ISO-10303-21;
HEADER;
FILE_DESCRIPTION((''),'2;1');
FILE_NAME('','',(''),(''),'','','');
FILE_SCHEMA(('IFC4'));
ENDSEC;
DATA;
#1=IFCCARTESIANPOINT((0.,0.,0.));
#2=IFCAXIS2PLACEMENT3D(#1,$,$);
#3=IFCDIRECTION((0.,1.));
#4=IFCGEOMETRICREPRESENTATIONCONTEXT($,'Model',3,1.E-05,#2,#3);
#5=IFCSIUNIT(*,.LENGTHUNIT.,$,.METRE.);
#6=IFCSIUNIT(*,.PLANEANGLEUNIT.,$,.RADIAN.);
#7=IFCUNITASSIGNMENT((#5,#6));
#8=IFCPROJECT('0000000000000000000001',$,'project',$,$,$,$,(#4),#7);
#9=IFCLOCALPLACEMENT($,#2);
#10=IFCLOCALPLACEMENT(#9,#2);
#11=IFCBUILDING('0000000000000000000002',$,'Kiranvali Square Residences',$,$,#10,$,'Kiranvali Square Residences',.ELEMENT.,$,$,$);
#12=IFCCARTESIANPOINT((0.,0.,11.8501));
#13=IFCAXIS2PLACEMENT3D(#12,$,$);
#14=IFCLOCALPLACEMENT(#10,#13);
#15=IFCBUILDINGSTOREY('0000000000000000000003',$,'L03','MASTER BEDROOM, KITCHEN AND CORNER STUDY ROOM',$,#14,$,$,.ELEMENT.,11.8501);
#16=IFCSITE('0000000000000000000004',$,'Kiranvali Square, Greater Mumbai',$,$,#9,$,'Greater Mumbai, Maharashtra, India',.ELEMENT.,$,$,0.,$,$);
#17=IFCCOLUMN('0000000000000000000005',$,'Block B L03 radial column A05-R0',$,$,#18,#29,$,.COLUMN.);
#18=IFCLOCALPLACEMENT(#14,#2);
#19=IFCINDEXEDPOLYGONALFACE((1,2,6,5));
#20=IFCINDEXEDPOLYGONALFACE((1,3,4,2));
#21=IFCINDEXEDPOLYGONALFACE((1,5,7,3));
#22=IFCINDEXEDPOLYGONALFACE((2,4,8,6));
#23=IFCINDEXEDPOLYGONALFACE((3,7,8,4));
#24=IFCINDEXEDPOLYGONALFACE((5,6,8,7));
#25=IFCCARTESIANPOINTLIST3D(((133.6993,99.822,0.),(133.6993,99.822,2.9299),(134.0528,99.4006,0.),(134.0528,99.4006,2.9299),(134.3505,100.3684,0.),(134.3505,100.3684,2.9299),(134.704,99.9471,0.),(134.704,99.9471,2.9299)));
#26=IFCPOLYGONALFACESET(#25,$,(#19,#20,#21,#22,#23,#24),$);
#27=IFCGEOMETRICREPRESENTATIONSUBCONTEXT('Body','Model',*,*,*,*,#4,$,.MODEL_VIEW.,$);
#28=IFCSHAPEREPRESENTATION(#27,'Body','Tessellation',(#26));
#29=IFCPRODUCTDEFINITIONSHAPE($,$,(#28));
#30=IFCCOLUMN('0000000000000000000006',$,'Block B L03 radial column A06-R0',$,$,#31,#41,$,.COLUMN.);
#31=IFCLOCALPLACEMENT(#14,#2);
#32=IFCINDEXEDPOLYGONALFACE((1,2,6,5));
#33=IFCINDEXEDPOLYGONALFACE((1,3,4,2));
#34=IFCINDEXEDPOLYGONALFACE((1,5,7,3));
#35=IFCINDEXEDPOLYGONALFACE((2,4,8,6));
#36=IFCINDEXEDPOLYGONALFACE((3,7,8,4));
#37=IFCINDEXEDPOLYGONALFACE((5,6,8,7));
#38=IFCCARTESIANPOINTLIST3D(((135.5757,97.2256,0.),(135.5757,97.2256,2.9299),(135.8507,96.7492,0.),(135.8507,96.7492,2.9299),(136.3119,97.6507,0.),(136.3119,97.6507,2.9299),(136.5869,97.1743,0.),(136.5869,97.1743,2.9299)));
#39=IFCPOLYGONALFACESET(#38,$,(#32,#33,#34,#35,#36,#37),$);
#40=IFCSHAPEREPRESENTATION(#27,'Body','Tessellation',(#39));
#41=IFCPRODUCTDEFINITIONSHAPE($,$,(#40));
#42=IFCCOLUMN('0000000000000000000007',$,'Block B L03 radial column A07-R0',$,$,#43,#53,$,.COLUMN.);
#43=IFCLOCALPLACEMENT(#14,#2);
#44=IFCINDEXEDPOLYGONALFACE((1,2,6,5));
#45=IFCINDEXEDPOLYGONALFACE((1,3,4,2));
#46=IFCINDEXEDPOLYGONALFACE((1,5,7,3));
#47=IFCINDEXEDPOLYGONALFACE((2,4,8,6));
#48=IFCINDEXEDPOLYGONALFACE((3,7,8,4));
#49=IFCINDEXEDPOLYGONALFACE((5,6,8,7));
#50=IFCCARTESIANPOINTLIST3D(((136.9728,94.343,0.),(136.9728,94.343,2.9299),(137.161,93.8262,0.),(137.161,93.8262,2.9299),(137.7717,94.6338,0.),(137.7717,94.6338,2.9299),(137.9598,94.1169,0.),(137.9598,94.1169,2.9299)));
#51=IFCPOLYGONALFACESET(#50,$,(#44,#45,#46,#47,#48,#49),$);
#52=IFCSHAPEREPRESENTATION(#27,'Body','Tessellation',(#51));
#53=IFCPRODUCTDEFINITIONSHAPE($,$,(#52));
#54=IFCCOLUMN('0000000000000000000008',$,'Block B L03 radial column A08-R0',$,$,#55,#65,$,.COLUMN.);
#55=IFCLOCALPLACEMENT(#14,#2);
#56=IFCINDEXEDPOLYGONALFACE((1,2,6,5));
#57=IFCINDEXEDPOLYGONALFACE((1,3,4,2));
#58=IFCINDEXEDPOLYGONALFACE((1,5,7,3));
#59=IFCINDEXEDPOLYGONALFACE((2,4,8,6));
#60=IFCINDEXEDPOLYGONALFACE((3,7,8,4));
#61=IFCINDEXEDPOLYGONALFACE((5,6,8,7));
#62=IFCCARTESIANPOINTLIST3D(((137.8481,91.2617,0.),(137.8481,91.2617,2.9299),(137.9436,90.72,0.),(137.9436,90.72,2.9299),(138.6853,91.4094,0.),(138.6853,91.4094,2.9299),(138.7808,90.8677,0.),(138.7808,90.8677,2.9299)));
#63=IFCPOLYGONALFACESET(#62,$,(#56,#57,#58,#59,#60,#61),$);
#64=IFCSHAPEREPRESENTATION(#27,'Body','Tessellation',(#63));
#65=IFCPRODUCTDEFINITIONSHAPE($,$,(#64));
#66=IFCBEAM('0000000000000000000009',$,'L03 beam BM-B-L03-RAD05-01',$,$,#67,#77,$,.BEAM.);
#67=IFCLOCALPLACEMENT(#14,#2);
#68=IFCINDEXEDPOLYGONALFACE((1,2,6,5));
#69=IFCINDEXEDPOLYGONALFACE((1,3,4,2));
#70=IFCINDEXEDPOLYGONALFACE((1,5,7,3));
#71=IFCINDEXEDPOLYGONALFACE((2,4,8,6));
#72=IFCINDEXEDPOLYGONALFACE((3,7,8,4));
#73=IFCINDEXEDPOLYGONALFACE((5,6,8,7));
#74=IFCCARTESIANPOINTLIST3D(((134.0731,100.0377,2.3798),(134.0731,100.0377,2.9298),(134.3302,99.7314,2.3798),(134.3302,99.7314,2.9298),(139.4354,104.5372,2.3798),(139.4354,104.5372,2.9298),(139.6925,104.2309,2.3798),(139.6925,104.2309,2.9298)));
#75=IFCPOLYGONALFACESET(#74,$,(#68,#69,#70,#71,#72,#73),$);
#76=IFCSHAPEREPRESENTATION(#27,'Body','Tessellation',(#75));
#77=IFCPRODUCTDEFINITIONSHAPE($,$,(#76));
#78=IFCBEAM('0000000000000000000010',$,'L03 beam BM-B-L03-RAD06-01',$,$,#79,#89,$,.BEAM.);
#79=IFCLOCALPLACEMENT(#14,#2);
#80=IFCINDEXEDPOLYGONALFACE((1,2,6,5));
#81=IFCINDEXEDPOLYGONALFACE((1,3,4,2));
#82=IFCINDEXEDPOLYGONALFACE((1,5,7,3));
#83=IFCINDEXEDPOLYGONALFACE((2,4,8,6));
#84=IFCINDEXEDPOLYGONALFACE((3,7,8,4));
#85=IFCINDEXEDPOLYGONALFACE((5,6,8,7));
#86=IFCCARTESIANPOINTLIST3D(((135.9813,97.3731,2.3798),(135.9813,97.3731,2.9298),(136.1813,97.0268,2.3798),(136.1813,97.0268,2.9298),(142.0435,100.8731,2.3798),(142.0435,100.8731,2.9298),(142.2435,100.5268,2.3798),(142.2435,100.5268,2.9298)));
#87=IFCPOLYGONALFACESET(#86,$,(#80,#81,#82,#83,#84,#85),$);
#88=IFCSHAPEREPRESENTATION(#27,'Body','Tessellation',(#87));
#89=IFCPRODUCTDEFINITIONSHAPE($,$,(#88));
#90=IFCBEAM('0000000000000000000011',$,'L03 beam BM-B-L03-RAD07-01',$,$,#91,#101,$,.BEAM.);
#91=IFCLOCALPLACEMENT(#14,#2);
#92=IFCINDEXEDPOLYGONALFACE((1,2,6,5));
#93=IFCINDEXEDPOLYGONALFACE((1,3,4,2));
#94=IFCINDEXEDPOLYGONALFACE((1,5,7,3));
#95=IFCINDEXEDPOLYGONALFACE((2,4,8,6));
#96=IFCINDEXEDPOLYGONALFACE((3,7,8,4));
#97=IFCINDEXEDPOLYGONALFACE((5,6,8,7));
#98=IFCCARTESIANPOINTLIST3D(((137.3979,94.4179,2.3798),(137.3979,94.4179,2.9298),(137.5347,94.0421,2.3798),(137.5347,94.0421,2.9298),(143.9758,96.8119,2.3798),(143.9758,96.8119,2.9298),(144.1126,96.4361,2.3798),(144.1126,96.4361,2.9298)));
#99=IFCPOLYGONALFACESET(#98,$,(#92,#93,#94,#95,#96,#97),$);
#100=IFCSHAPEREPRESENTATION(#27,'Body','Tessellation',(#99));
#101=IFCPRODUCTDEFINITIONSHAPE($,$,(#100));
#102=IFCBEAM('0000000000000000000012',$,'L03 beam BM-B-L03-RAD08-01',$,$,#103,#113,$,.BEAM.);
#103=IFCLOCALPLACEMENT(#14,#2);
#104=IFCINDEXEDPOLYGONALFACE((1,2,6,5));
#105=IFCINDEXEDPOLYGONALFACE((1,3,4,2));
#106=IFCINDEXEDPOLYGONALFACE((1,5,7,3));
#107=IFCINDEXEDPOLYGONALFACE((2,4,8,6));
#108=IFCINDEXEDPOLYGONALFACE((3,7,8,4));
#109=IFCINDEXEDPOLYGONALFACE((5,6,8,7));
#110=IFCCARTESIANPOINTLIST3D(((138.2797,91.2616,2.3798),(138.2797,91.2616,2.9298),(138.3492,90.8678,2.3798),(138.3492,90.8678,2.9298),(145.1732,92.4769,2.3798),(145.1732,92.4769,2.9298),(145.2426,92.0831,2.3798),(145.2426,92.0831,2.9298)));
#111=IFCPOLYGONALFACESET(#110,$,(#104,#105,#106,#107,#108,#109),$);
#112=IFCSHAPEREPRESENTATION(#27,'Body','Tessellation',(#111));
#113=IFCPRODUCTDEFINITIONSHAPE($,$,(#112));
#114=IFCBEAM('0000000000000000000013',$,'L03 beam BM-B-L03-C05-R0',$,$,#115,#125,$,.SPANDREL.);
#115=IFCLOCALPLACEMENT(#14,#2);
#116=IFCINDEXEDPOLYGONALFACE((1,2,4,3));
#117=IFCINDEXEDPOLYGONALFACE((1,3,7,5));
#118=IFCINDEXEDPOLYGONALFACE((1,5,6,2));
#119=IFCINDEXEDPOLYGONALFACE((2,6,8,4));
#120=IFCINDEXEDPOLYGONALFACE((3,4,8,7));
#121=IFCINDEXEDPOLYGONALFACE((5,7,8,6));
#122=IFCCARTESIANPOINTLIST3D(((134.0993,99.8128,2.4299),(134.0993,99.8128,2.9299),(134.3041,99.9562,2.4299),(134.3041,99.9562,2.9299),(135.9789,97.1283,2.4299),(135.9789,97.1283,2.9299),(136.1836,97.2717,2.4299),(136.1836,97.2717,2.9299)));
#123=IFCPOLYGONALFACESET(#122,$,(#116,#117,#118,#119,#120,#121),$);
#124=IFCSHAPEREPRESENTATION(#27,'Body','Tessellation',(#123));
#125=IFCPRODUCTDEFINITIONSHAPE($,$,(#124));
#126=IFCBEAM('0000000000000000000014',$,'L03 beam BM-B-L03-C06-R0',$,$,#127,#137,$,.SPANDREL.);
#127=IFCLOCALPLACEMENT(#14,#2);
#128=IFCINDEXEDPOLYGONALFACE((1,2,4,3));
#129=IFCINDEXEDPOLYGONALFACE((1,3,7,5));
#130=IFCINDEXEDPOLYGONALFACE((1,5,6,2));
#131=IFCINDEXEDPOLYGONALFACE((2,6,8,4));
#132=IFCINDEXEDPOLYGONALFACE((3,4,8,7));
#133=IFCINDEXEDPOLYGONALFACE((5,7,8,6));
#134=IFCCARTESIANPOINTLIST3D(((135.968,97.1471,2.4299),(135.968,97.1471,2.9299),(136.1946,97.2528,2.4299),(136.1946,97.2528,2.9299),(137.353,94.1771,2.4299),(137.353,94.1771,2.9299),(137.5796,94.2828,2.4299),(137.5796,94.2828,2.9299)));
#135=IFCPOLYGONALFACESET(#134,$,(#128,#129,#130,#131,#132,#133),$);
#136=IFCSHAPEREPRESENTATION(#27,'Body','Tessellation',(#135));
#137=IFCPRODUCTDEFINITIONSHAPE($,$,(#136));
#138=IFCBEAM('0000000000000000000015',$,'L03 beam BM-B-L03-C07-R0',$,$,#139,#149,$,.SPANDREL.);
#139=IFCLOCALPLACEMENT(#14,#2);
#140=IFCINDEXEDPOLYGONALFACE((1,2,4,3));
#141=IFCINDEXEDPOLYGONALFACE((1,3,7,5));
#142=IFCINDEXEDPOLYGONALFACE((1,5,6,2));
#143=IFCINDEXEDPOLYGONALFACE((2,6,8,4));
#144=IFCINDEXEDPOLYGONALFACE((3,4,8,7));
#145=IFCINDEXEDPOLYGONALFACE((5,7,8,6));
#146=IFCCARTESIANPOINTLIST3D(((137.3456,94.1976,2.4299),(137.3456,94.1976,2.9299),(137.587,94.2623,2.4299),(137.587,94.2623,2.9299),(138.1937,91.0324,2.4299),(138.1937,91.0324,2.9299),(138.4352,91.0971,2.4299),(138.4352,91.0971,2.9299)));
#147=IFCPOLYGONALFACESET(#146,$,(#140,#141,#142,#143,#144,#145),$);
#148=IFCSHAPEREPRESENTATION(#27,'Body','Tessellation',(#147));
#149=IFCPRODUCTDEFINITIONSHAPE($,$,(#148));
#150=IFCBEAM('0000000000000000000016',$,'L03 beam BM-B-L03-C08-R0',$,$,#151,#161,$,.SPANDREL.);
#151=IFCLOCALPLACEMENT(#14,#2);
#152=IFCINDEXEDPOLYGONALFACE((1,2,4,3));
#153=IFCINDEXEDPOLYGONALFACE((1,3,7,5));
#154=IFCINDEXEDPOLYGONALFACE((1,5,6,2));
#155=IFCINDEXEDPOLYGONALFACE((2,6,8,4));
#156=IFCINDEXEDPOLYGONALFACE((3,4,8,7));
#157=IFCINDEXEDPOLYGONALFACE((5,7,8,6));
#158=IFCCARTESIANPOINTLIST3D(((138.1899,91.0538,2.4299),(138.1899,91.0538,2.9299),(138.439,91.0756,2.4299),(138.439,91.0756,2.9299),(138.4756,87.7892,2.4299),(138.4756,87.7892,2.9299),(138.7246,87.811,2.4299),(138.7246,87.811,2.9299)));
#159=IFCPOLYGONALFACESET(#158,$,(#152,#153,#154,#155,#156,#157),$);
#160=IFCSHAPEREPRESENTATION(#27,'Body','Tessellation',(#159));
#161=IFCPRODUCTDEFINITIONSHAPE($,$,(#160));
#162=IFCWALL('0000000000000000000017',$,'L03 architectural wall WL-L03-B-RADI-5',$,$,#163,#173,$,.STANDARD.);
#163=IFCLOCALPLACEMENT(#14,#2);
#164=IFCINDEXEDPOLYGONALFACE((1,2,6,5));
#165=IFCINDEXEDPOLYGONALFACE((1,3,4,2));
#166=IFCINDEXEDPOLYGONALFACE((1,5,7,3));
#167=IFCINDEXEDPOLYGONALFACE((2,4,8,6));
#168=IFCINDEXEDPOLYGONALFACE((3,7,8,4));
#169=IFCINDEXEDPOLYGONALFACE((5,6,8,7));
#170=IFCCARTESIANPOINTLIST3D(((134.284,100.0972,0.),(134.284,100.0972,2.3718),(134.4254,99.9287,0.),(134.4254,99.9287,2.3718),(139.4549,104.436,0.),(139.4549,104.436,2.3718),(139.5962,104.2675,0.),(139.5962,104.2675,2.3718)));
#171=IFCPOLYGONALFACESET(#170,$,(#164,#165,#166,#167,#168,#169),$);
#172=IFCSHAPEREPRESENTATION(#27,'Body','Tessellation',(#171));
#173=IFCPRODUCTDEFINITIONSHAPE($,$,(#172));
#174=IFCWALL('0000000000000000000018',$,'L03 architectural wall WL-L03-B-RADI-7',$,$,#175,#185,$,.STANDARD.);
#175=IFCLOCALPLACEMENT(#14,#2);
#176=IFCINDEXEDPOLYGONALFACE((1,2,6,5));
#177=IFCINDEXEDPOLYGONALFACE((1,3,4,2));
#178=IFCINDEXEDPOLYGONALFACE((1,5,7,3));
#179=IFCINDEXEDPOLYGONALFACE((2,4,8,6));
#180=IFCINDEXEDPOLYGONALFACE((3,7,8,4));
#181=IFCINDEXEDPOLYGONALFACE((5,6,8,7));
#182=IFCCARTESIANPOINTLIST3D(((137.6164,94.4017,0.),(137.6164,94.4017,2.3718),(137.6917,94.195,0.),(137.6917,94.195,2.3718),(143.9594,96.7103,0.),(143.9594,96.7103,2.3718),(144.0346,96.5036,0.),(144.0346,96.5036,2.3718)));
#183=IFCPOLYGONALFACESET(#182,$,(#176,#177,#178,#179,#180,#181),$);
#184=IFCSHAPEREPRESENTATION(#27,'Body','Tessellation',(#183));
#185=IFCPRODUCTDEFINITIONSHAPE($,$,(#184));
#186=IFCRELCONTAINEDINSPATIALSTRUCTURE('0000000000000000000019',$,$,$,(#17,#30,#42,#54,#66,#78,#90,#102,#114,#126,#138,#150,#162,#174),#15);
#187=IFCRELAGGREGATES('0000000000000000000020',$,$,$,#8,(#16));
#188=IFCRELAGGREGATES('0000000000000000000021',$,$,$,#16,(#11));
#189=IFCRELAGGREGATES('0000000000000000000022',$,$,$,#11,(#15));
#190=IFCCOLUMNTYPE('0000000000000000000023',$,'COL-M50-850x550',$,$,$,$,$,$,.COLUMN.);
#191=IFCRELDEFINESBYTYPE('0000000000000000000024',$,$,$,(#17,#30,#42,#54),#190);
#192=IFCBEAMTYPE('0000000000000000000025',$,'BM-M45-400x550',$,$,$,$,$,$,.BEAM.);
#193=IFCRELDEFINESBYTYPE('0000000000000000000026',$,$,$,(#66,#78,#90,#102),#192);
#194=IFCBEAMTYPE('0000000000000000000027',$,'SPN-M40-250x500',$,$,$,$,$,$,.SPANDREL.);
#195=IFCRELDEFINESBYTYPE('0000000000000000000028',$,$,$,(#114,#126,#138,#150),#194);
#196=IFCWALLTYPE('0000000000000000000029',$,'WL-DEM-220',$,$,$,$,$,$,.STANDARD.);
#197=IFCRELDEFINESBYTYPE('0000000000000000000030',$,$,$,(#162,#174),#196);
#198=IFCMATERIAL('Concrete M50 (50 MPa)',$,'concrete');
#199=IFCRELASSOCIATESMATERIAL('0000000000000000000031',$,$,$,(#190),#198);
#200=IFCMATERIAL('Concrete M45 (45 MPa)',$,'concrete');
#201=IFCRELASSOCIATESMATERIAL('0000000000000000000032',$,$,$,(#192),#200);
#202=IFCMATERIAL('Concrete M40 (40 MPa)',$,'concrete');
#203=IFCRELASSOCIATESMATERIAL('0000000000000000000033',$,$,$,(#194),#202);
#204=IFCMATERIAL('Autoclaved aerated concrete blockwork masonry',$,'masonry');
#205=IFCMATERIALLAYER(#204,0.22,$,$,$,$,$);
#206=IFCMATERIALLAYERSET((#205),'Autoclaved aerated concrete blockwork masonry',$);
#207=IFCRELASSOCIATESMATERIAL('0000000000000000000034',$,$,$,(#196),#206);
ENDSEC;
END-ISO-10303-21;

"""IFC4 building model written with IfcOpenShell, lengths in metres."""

from ifc_helpers import new_model, si_unit, direction, frame, frame_2d, origin, origin_2d, place, context, subcontext, project, spatial, rectangle, extrude, material, layer, layer_set, material_profile, profile_set, type_object, element, save


model = new_model("IFC4")

# Units and contexts
model_context = context("Model", 3, precision=1e-05, world=origin(), true_north=direction((0.0, 1.0)))
body_context = subcontext(model_context, "Body", "Model", "MODEL_VIEW")
ifc_project = project(units=[si_unit("LENGTHUNIT", "METRE"), si_unit("PLANEANGLEUNIT", "RADIAN")], contexts=[model_context])

# Site, building, storey
site_placement = place(None, origin())
site = spatial("IfcSite", under=ifc_project, at=site_placement, Name="Kiranvali Square, Greater Mumbai", LongName="Greater Mumbai, Maharashtra, India", CompositionType="ELEMENT", RefElevation=0.0)
building_placement = place(site_placement, origin())
building = spatial("IfcBuilding", under=site, at=building_placement, Name="Kiranvali Square Residences", LongName="Kiranvali Square Residences", CompositionType="ELEMENT")
storey_placement = place(building_placement, frame((0.0, 0.0, 11.8501)))
storey = spatial("IfcBuildingStorey", under=building, at=storey_placement, Name="L03", Description="MASTER BEDROOM, KITCHEN AND CORNER STUDY ROOM", CompositionType="ELEMENT", Elevation=11.8501)

# Columns
ifc_material_1 = material(Name="Concrete M50 (50 MPa)", Category="concrete")
ifc_material_profile_1 = material_profile(ifc_material_1, rectangle(XDim=0.55, YDim=0.8501, at=origin_2d()), Name="RC 850x550")
ifc_profile_set_1 = profile_set([ifc_material_profile_1], Name="Concrete M50 (50 MPa)")
column_type = type_object("IfcColumnType", Name="COL-M50-850x550", PredefinedType="COLUMN", material=ifc_profile_set_1)
for number, where, z_axis, x_axis, name in (
    (1, (134.2017, 99.8845, 0.0), (0.0, 0.0, 1.0), (-0.642788, 0.766044, 0.0), "Block B L03 radial column A05-R0"),
    (2, (136.0813, 97.2, 0.0), (0.0, 0.0, 1.0), (-0.5, 0.866025, 0.0), "Block B L03 radial column A06-R0"),
    (3, (137.4663, 94.23, 0.0), (0.0, 0.0, 1.0), (-0.34202, 0.939693, 0.0), "Block B L03 radial column A07-R0"),
    (4, (138.3145, 91.0647, 0.0), (0.0, 0.0, 1.0), (-0.173648, 0.984808, 0.0), "Block B L03 radial column A08-R0"),
):
    element("IfcColumn", number, at=place(storey_placement, frame(where, z_axis=z_axis, x_axis=x_axis)), inside=storey, type_object=column_type, Name=name, PredefinedType="COLUMN", context=body_context, shape_type="SweptSolid", body=[
        extrude(rectangle(XDim=0.55, YDim=0.8501, at=origin_2d()), origin(), (0.0, 0.0, 1.0), 2.9299),
    ])

# Beams
ifc_material_2 = material(Name="Concrete M45 (45 MPa)", Category="concrete")
ifc_material_profile_2 = material_profile(ifc_material_2, rectangle(XDim=0.3999, YDim=0.55, at=origin_2d()), Name="RC 400x550")
ifc_profile_set_2 = profile_set([ifc_material_profile_2], Name="Concrete M45 (45 MPa)")
beam_type_1 = type_object("IfcBeamType", Name="BM-M45-400x550", PredefinedType="BEAM", material=ifc_profile_set_2)
for number, where, z_axis, x_axis, name in (
    (5, (134.2017, 99.8845, 2.6548), (0.766044, 0.642788, 0.0), (-0.642788, 0.766044, 0.0), "L03 beam BM-B-L03-RAD05-01"),
    (6, (136.0813, 97.2, 2.6548), (0.866028, 0.499995, 0.0), (-0.499995, 0.866028, 0.0), "L03 beam BM-B-L03-RAD06-01"),
    (7, (137.4663, 94.23, 2.6548), (0.939698, 0.342006, 0.0), (-0.342006, 0.939698, 0.0), "L03 beam BM-B-L03-RAD07-01"),
):
    element("IfcBeam", number, at=place(storey_placement, frame(where, z_axis=z_axis, x_axis=x_axis)), inside=storey, type_object=beam_type_1, Name=name, PredefinedType="BEAM", context=body_context, shape_type="SweptSolid", body=[
        extrude(rectangle(XDim=0.3999, YDim=0.55, at=origin_2d()), origin(), (0.0, 0.0, 1.0), 7.0),
    ])
beam_1_placement = place(storey_placement, frame((138.3145, 91.0647, 2.6548), z_axis=(0.984812, 0.173622, 0.0), x_axis=(-0.173622, 0.984812, 0.0)))
element("IfcBeam", 8, at=beam_1_placement, inside=storey, type_object=beam_type_1, Name="L03 beam BM-B-L03-RAD08-01", PredefinedType="BEAM", context=body_context, shape_type="SweptSolid", body=[
    extrude(rectangle(XDim=0.3999, YDim=0.55, at=origin_2d()), origin(), (0.0, 0.0, 1.0), 6.9998),
])
ifc_material_3 = material(Name="Concrete M40 (40 MPa)", Category="concrete")
ifc_material_profile_3 = material_profile(ifc_material_3, rectangle(XDim=0.25, YDim=0.5, at=origin_2d()), Name="RC 250x500")
ifc_profile_set_3 = profile_set([ifc_material_profile_3], Name="Concrete M40 (40 MPa)")
beam_type_2 = type_object("IfcBeamType", Name="SPN-M40-250x500", PredefinedType="SPANDREL", material=ifc_profile_set_3)
for number, where, z_axis, x_axis, name in (
    (9, (134.2017, 99.8845, 2.6799), (0.573552, -0.819169, 0.0), (0.819169, 0.573552, 0.0), "L03 beam BM-B-L03-C05-R0"),
    (10, (136.0813, 97.2, 2.6799), (0.422641, -0.906297, 0.0), (0.906297, 0.422641, 0.0), "L03 beam BM-B-L03-C06-R0"),
):
    element("IfcBeam", number, at=place(storey_placement, frame(where, z_axis=z_axis, x_axis=x_axis)), inside=storey, type_object=beam_type_2, Name=name, PredefinedType="SPANDREL", context=body_context, shape_type="SweptSolid", body=[
        extrude(rectangle(XDim=0.25, YDim=0.5, at=origin_2d()), origin(), (0.0, 0.0, 1.0), 3.2771),
    ])
beam_2_placement = place(storey_placement, frame((137.4663, 94.23, 2.6799), z_axis=(0.258822, -0.965925, 0.0), x_axis=(0.965925, 0.258822, 0.0)))
element("IfcBeam", 11, at=beam_2_placement, inside=storey, type_object=beam_type_2, Name="L03 beam BM-B-L03-C07-R0", PredefinedType="SPANDREL", context=body_context, shape_type="SweptSolid", body=[
    extrude(rectangle(XDim=0.25, YDim=0.5, at=origin_2d()), origin(), (0.0, 0.0, 1.0), 3.2769),
])
beam_3_placement = place(storey_placement, frame((138.3145, 91.0647, 2.6799), z_axis=(0.087163, -0.996194, 0.0), x_axis=(0.996194, 0.087163, 0.0)))
element("IfcBeam", 12, at=beam_3_placement, inside=storey, type_object=beam_type_2, Name="L03 beam BM-B-L03-C08-R0", PredefinedType="SPANDREL", context=body_context, shape_type="SweptSolid", body=[
    extrude(rectangle(XDim=0.25, YDim=0.5, at=origin_2d()), origin(), (0.0, 0.0, 1.0), 3.2771),
])

# Walls
ifc_material_4 = material(Name="Autoclaved aerated concrete blockwork masonry", Category="masonry")
ifc_layer_1 = layer(ifc_material_4, 0.22)
ifc_layer_set_1 = layer_set([ifc_layer_1], Name="Autoclaved aerated concrete blockwork masonry")
wall_type_1 = type_object("IfcWallType", Name="WL-DEM-220", PredefinedType="STANDARD", material=ifc_layer_set_1)
for number, where, z_axis, x_axis, name in (
    (13, (134.3547, 100.0129, 0.0), (0.0, 0.0, 1.0), (0.766047, 0.642785, 0.0), "L03 architectural wall WL-L03-B-RADI-5"),
    (14, (137.6541, 94.2983, 0.0), (0.0, 0.0, 1.0), (0.939696, 0.34201, 0.0), "L03 architectural wall WL-L03-B-RADI-7"),
):
    element("IfcWall", number, at=place(storey_placement, frame(where, z_axis=z_axis, x_axis=x_axis)), inside=storey, type_object=wall_type_1, Name=name, PredefinedType="STANDARD", context=body_context, shape_type="SweptSolid", body=[
        extrude(rectangle(XDim=6.75, YDim=0.22, at=frame_2d((3.375, 0.0))), origin(), (0.0, 0.0, 1.0), 2.3718),
    ])

save(model, "model.ifc")
